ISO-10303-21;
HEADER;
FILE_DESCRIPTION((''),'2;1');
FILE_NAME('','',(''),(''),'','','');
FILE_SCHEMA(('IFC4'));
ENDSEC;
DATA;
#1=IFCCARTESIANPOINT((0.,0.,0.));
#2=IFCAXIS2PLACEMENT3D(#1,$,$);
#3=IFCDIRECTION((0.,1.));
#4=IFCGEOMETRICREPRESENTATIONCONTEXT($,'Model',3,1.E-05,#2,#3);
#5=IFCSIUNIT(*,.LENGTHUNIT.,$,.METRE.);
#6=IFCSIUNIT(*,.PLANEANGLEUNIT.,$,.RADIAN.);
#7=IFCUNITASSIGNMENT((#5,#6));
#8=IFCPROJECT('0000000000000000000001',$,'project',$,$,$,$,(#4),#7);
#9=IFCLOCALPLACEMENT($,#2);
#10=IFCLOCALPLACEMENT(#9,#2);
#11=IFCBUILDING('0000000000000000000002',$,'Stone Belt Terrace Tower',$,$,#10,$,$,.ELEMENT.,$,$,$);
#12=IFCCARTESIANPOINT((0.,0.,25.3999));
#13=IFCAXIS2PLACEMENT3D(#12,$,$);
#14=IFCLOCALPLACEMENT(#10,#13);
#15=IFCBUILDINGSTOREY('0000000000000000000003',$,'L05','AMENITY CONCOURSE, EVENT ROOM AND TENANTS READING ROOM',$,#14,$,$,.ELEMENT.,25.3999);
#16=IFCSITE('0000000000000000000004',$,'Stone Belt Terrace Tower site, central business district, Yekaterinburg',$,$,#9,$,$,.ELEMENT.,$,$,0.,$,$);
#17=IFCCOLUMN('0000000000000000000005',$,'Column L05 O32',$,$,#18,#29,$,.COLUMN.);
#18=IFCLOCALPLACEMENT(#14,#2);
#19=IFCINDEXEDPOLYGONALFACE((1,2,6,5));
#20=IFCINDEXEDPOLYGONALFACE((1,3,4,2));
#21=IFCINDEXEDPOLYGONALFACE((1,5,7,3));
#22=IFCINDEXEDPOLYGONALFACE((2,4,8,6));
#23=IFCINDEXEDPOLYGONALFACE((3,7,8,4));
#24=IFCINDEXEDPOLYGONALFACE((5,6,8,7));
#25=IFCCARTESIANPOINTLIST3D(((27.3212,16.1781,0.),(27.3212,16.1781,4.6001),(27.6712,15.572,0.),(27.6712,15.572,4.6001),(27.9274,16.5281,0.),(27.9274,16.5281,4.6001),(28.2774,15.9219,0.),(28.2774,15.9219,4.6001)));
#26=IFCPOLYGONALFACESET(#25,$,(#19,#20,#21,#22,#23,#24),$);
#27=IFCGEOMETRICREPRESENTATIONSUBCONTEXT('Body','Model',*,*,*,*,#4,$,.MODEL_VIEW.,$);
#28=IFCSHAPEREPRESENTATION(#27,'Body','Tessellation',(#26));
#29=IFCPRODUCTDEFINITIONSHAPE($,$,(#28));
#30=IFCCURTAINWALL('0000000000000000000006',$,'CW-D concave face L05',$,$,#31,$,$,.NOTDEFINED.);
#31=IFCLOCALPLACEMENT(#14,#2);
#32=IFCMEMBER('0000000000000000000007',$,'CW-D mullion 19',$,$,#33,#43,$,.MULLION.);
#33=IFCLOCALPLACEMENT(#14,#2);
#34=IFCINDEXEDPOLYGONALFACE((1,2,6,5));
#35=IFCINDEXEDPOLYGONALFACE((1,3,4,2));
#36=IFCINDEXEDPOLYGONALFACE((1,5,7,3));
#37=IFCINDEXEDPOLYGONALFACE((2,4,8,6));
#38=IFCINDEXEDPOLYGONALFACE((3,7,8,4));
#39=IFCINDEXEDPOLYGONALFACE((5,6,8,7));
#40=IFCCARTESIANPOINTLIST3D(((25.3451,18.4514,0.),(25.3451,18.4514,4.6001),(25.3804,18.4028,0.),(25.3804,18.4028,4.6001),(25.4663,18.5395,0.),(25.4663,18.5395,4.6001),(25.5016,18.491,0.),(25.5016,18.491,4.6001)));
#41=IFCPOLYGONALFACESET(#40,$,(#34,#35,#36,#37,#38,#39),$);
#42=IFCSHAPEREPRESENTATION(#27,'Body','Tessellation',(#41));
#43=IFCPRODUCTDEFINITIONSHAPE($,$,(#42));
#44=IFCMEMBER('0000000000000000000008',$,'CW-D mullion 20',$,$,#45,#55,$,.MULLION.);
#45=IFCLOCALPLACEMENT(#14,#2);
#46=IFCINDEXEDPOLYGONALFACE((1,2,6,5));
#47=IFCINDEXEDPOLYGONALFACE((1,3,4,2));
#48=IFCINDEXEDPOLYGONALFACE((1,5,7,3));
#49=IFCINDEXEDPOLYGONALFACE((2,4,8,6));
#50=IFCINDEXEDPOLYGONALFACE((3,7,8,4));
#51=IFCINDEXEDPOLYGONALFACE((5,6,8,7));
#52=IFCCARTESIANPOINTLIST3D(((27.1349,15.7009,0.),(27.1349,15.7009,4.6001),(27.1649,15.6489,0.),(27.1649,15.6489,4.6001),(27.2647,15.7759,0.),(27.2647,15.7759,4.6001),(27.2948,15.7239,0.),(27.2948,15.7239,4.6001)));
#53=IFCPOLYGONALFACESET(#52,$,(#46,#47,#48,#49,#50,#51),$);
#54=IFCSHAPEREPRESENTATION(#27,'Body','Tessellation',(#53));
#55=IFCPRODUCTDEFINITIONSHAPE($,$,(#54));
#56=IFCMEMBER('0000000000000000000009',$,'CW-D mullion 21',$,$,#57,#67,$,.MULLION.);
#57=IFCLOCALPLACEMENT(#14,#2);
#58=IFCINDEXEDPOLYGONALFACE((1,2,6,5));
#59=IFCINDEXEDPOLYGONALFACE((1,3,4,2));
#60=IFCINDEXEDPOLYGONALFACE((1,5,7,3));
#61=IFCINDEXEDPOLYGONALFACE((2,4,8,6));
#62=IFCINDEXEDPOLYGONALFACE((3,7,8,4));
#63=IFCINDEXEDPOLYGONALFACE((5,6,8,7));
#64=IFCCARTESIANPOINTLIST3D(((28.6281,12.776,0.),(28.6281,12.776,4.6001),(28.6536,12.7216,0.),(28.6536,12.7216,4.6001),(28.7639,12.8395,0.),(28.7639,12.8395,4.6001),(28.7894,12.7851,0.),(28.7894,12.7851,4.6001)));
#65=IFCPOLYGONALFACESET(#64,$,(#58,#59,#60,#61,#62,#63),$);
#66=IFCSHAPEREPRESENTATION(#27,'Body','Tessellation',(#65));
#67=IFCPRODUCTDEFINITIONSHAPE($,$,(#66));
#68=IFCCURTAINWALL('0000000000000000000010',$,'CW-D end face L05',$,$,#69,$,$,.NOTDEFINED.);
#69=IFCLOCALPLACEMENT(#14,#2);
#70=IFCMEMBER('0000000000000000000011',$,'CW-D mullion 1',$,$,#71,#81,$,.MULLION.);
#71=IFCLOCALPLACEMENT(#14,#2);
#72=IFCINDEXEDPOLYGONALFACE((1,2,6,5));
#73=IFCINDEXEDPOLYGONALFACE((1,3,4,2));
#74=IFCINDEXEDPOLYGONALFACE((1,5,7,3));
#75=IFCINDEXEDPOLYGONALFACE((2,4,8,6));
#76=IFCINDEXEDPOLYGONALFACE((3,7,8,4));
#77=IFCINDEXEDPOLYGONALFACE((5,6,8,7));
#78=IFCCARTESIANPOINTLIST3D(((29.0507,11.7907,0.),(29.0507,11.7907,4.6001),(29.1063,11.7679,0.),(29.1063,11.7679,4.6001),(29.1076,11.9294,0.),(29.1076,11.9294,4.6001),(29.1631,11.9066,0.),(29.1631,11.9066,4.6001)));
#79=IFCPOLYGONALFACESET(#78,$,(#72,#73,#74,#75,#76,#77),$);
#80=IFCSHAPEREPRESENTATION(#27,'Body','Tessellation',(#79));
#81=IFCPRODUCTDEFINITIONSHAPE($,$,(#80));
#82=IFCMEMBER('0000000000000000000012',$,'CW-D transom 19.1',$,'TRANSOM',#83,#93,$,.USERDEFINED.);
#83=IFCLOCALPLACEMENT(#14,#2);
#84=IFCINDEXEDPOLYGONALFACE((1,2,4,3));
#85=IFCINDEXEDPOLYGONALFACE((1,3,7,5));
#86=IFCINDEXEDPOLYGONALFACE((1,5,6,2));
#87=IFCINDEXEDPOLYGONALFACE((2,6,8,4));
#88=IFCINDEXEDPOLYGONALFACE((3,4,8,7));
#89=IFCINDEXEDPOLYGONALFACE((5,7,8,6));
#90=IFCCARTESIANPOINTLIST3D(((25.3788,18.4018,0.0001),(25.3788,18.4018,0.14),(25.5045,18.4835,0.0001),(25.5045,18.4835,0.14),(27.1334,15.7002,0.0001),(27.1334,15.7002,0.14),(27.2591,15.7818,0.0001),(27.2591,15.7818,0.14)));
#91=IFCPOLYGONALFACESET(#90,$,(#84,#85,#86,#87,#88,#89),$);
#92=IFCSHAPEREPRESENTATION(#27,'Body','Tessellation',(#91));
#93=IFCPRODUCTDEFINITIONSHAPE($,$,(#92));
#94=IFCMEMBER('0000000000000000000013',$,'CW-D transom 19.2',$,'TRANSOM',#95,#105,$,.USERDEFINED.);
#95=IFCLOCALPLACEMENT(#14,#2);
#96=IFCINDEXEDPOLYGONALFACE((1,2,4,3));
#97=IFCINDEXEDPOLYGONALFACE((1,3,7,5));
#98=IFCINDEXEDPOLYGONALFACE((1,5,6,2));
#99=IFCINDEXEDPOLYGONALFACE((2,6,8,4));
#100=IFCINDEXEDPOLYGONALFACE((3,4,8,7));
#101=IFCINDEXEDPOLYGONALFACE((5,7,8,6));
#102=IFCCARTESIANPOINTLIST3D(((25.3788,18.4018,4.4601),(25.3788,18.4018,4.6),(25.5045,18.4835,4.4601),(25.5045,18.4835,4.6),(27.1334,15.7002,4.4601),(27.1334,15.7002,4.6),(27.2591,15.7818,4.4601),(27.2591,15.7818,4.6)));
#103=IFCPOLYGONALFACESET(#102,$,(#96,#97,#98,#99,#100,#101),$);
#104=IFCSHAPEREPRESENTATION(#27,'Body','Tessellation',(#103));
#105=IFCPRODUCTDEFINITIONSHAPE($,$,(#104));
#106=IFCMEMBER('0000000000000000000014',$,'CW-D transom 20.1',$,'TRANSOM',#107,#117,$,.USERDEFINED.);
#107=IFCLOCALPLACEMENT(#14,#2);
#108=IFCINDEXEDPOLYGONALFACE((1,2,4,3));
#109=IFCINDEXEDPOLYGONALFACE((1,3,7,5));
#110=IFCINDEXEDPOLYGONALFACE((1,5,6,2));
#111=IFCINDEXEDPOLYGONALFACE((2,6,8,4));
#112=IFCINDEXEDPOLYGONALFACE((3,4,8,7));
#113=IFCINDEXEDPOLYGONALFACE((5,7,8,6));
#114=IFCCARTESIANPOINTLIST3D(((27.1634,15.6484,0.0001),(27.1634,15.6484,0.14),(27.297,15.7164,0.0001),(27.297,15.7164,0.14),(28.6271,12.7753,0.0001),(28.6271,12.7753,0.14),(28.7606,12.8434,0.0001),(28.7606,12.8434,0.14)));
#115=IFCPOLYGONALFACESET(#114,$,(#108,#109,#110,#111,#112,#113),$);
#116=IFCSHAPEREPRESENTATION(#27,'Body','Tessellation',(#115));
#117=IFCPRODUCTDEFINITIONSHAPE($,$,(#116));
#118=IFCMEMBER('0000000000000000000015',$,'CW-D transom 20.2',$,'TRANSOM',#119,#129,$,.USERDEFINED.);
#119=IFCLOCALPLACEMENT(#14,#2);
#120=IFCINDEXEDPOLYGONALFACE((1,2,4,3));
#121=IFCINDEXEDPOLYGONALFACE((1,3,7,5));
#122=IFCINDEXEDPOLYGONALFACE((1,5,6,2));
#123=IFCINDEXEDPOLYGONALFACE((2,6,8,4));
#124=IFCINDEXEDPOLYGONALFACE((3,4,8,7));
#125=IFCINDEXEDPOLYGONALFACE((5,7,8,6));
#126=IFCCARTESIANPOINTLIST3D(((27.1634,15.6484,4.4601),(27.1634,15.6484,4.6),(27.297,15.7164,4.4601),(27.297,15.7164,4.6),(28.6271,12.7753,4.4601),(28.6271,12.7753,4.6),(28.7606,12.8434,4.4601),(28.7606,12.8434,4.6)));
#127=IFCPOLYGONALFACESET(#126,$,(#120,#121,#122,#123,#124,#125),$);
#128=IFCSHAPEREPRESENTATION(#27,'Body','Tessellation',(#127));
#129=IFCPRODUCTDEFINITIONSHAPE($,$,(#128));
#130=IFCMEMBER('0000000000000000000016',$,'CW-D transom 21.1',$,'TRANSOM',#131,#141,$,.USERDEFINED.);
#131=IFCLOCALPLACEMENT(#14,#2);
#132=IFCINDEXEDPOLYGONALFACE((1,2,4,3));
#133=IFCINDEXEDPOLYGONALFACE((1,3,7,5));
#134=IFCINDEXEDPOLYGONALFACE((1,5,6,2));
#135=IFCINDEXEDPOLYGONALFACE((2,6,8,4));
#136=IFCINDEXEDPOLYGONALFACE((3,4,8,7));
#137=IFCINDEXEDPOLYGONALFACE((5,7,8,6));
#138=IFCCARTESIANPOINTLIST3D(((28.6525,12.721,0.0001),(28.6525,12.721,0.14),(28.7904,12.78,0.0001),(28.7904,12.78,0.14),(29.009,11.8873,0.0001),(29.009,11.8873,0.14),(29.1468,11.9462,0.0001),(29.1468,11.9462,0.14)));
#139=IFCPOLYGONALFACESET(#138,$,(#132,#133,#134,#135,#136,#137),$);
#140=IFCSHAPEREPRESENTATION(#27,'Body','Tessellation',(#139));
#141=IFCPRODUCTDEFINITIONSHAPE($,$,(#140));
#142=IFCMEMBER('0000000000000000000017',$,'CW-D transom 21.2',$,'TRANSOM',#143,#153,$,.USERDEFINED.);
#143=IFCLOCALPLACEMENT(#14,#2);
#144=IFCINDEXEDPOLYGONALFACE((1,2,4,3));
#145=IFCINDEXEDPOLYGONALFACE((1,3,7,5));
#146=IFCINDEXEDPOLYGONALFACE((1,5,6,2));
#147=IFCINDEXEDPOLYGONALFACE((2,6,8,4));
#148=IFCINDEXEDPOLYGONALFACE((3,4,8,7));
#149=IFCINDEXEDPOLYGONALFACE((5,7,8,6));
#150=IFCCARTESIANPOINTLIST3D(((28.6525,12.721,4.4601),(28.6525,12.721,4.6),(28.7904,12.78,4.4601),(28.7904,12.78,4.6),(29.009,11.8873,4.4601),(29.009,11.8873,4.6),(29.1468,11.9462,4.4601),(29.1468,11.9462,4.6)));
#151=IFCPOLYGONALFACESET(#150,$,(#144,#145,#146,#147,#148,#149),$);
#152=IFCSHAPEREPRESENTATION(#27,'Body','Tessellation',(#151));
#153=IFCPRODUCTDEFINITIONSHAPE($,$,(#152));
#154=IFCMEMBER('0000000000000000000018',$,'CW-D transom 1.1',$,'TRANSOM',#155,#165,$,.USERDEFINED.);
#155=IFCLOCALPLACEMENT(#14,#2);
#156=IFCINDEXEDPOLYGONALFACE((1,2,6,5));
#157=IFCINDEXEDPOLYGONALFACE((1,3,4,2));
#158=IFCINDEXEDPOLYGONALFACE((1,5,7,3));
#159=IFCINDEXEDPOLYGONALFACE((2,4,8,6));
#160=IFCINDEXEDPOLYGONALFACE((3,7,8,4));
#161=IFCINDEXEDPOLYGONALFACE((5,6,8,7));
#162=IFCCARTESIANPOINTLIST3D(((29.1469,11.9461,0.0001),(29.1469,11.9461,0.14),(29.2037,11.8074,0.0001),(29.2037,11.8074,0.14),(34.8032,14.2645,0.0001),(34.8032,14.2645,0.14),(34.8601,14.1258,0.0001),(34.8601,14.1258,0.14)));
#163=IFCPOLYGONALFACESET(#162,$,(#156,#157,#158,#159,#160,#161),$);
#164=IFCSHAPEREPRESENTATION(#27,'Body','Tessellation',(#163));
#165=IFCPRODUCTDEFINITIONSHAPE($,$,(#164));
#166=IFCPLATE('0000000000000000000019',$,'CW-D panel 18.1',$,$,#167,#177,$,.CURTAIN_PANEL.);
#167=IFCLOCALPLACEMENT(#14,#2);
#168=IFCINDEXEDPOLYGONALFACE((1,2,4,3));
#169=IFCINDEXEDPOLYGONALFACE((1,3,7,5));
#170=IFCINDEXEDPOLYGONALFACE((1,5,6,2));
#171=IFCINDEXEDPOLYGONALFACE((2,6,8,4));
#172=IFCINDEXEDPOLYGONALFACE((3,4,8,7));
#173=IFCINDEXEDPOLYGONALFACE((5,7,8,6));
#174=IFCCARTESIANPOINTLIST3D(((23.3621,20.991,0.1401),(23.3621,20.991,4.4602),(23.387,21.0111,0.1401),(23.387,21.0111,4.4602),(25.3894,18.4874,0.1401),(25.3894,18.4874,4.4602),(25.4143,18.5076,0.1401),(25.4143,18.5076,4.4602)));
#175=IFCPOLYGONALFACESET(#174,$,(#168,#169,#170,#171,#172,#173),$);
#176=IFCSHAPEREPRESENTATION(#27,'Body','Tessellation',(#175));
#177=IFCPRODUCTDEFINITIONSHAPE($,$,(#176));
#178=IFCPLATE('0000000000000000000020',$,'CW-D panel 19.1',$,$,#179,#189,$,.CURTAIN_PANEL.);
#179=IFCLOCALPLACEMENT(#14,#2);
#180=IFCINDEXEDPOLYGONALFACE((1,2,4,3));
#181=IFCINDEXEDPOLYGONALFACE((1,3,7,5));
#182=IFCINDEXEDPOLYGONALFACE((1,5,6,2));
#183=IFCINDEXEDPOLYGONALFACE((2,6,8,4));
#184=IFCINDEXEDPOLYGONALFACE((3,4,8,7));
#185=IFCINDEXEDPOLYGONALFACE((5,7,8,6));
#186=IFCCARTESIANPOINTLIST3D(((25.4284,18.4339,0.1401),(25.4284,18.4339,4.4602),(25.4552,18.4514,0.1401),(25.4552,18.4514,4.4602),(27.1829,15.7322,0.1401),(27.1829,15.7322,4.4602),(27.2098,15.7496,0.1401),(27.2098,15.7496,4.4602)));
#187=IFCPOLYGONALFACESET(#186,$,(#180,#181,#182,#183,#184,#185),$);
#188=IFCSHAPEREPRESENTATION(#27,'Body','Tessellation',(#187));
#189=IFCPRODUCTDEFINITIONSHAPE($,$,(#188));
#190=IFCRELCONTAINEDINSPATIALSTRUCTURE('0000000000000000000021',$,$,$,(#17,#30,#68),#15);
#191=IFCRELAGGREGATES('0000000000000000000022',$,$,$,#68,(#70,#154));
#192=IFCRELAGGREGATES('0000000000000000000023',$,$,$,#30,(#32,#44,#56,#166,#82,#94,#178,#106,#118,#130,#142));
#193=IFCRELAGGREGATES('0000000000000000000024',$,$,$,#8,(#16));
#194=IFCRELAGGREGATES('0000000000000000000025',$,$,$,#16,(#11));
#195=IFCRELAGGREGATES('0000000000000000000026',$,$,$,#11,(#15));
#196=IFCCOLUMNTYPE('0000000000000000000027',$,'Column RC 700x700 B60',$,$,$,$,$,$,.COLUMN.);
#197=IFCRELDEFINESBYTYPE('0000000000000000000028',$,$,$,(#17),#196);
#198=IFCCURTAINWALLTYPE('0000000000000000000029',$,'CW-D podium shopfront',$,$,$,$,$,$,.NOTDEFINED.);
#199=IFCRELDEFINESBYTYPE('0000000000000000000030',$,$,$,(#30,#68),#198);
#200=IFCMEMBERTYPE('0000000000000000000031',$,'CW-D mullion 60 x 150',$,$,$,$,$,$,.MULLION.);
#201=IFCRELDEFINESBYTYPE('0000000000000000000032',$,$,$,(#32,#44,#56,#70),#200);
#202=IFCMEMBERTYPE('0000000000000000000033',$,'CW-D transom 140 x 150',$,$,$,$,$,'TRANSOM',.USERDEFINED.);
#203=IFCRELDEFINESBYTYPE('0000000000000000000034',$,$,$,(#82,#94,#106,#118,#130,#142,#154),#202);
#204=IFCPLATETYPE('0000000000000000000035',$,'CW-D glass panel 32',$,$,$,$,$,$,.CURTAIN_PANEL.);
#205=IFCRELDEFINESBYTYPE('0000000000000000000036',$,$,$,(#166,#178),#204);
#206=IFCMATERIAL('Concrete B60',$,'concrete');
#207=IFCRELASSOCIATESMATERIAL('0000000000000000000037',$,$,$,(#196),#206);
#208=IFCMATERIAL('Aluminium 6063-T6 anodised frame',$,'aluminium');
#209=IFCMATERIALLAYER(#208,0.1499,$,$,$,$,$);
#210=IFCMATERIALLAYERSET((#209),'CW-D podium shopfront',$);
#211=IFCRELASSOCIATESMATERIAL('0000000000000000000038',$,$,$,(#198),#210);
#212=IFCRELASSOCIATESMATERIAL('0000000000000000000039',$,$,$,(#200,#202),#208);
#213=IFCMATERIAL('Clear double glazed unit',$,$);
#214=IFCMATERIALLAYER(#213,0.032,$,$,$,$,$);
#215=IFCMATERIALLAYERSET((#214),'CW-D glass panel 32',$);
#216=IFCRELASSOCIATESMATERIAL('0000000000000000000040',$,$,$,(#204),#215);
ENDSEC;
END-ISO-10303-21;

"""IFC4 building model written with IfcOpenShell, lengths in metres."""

from ifc_helpers import new_model, si_unit, direction, frame, origin, origin_2d, place, context, subcontext, project, spatial, rectangle, extrude, material, layer, layer_set, material_profile, profile_set, type_object, element, aggregate, save


model = new_model("IFC4")

# Units and contexts
model_context = context("Model", 3, precision=1e-05, world=origin(), true_north=direction((0.0, 1.0)))
body_context = subcontext(model_context, "Body", "Model", "MODEL_VIEW")
ifc_project = project(units=[si_unit("LENGTHUNIT", "METRE"), si_unit("PLANEANGLEUNIT", "RADIAN")], contexts=[model_context])

# Site, building, storey
site_placement = place(None, origin())
site = spatial("IfcSite", under=ifc_project, at=site_placement, Name="Stone Belt Terrace Tower site, central business district, Yekaterinburg", CompositionType="ELEMENT", RefElevation=0.0)
building_placement = place(site_placement, origin())
building = spatial("IfcBuilding", under=site, at=building_placement, Name="Stone Belt Terrace Tower", CompositionType="ELEMENT")
storey_placement = place(building_placement, frame((0.0, 0.0, 25.3999)))
storey = spatial("IfcBuildingStorey", under=building, at=storey_placement, Name="L05", Description="AMENITY CONCOURSE, EVENT ROOM AND TENANTS READING ROOM", CompositionType="ELEMENT", Elevation=25.3999)

# Column
ifc_material_1 = material(Name="Concrete B60", Category="concrete")
ifc_material_profile_1 = material_profile(ifc_material_1, rectangle(XDim=0.7, YDim=0.7, at=origin_2d()), Name="RC 700x700")
ifc_profile_set_1 = profile_set([ifc_material_profile_1], Name="Concrete B60")
column_type = type_object("IfcColumnType", Name="Column RC 700x700 B60", PredefinedType="COLUMN", material=ifc_profile_set_1)
column_placement = place(storey_placement, frame((27.7993, 16.05, 0.0), z_axis=(0.0, 0.0, 1.0), x_axis=(0.5, -0.866025, 0.0)))
element("IfcColumn", 1, at=column_placement, inside=storey, type_object=column_type, Name="Column L05 O32", PredefinedType="COLUMN", context=body_context, shape_type="SweptSolid", body=[
    extrude(rectangle(XDim=0.7, YDim=0.7, at=origin_2d()), origin(), (0.0, 0.0, 1.0), 4.6001),
])

# Curtain wall, members
ifc_material_2 = material(Name="Aluminium 6063-T6 anodised frame", Category="aluminium")
ifc_layer_1 = layer(ifc_material_2, 0.1499)
ifc_layer_set_1 = layer_set([ifc_layer_1], Name="CW-D podium shopfront")
curtain_wall_type = type_object("IfcCurtainWallType", Name="CW-D podium shopfront", PredefinedType="NOTDEFINED", material=ifc_layer_set_1)
curtain_wall_1_placement = place(storey_placement, origin())
curtain_wall_1 = element("IfcCurtainWall", 2, at=curtain_wall_1_placement, inside=storey, type_object=curtain_wall_type, Name="CW-D concave face L05", PredefinedType="NOTDEFINED")
ifc_material_profile_2 = material_profile(ifc_material_2, rectangle(XDim=0.1499, YDim=0.0601, at=origin_2d()), Name="Aluminium 6063-T6 60x150")
ifc_profile_set_2 = profile_set([ifc_material_profile_2], Name="Aluminium 6063-T6 anodised frame")
member_type_1 = type_object("IfcMemberType", Name="CW-D mullion 60 x 150", PredefinedType="MULLION", material=ifc_profile_set_2)
member_1_placement = place(storey_placement, frame((25.4233, 18.4712, 0.0), z_axis=(0.0, 0.0, 1.0), x_axis=(0.809017, 0.587785, 0.0)))
member_1 = element("IfcMember", 3, at=member_1_placement, type_object=member_type_1, Name="CW-D mullion 19", PredefinedType="MULLION", context=body_context, shape_type="SweptSolid", body=[
    extrude(rectangle(XDim=0.1499, YDim=0.0601, at=origin_2d()), origin(), (0.0, 0.0, 1.0), 4.6001),
])
member_2_placement = place(storey_placement, frame((27.2148, 15.7124, 0.0), z_axis=(0.0, 0.0, 1.0), x_axis=(0.866025, 0.5, 0.0)))
member_2 = element("IfcMember", 4, at=member_2_placement, type_object=member_type_1, Name="CW-D mullion 20", PredefinedType="MULLION", context=body_context, shape_type="SweptSolid", body=[
    extrude(rectangle(XDim=0.1499, YDim=0.0601, at=origin_2d()), origin(), (0.0, 0.0, 1.0), 4.6001),
])
member_3_placement = place(storey_placement, frame((28.7087, 12.7805, 0.0), z_axis=(0.0, 0.0, 1.0), x_axis=(0.905778, 0.423752, 0.0)))
member_3 = element("IfcMember", 5, at=member_3_placement, type_object=member_type_1, Name="CW-D mullion 21", PredefinedType="MULLION", context=body_context, shape_type="SweptSolid", body=[
    extrude(rectangle(XDim=0.1499, YDim=0.0601, at=origin_2d()), origin(), (0.0, 0.0, 1.0), 4.6001),
])

# Curtain wall, member
curtain_wall_2_placement = place(storey_placement, origin())
curtain_wall_2 = element("IfcCurtainWall", 6, at=curtain_wall_2_placement, inside=storey, type_object=curtain_wall_type, Name="CW-D end face L05", PredefinedType="NOTDEFINED")
member_4_placement = place(storey_placement, frame((29.1069, 11.8486, 0.0), z_axis=(0.0, 0.0, 1.0), x_axis=(0.379212, 0.92531, 0.0)))
member_4 = element("IfcMember", 7, at=member_4_placement, type_object=member_type_1, Name="CW-D mullion 1", PredefinedType="MULLION", context=body_context, shape_type="SweptSolid", body=[
    extrude(rectangle(XDim=0.1499, YDim=0.0601, at=origin_2d()), origin(), (0.0, 0.0, 1.0), 4.6001),
])

# Members
ifc_material_profile_3 = material_profile(ifc_material_2, rectangle(XDim=0.1499, YDim=0.1399, at=origin_2d()), Name="Aluminium 6063-T6 150x140")
ifc_profile_set_3 = profile_set([ifc_material_profile_3], Name="Aluminium 6063-T6 anodised frame")
member_type_2 = type_object("IfcMemberType", Name="CW-D transom 140 x 150", ElementType="TRANSOM", PredefinedType="USERDEFINED", material=ifc_profile_set_3)
member_5_placement = place(storey_placement, frame((25.4417, 18.4426, 0.0701), z_axis=(0.544674, -0.838648, 0.0), x_axis=(0.838648, 0.544674, 0.0)))
member_5 = element("IfcMember", 8, at=member_5_placement, type_object=member_type_2, Name="CW-D transom 19.1", ObjectType="TRANSOM", PredefinedType="USERDEFINED", context=body_context, shape_type="SweptSolid", body=[
    extrude(rectangle(XDim=0.1499, YDim=0.1399, at=origin_2d()), origin(), (0.0, 0.0, 1.0), 3.2214),
])
member_6_placement = place(storey_placement, frame((25.4417, 18.4426, 4.53), z_axis=(0.544674, -0.838648, 0.0), x_axis=(0.838648, 0.544674, 0.0)))
member_6 = element("IfcMember", 9, at=member_6_placement, type_object=member_type_2, Name="CW-D transom 19.2", ObjectType="TRANSOM", PredefinedType="USERDEFINED", context=body_context, shape_type="SweptSolid", body=[
    extrude(rectangle(XDim=0.1499, YDim=0.1399, at=origin_2d()), origin(), (0.0, 0.0, 1.0), 3.2214),
])
member_7_placement = place(storey_placement, frame((27.2302, 15.6824, 0.0701), z_axis=(0.453925, -0.89104, 0.0), x_axis=(0.89104, 0.453925, 0.0)))
member_7 = element("IfcMember", 10, at=member_7_placement, type_object=member_type_2, Name="CW-D transom 20.1", ObjectType="TRANSOM", PredefinedType="USERDEFINED", context=body_context, shape_type="SweptSolid", body=[
    extrude(rectangle(XDim=0.1499, YDim=0.1399, at=origin_2d()), origin(), (0.0, 0.0, 1.0), 3.2244),
])
member_8_placement = place(storey_placement, frame((27.2302, 15.6824, 4.53), z_axis=(0.453925, -0.89104, 0.0), x_axis=(0.89104, 0.453925, 0.0)))
member_8 = element("IfcMember", 11, at=member_8_placement, type_object=member_type_2, Name="CW-D transom 20.2", ObjectType="TRANSOM", PredefinedType="USERDEFINED", context=body_context, shape_type="SweptSolid", body=[
    extrude(rectangle(XDim=0.1499, YDim=0.1399, at=origin_2d()), origin(), (0.0, 0.0, 1.0), 3.2244),
])
member_9_placement = place(storey_placement, frame((28.7214, 12.7505, 0.0701), z_axis=(0.393107, -0.919493, 0.0), x_axis=(0.919493, 0.393107, 0.0)))
member_9 = element("IfcMember", 12, at=member_9_placement, type_object=member_type_2, Name="CW-D transom 21.1", ObjectType="TRANSOM", PredefinedType="USERDEFINED", context=body_context, shape_type="SweptSolid", body=[
    extrude(rectangle(XDim=0.1499, YDim=0.1399, at=origin_2d()), origin(), (0.0, 0.0, 1.0), 0.9067),
])
member_10_placement = place(storey_placement, frame((28.7214, 12.7505, 4.53), z_axis=(0.393107, -0.919493, 0.0), x_axis=(0.919493, 0.393107, 0.0)))
member_10 = element("IfcMember", 13, at=member_10_placement, type_object=member_type_2, Name="CW-D transom 21.2", ObjectType="TRANSOM", PredefinedType="USERDEFINED", context=body_context, shape_type="SweptSolid", body=[
    extrude(rectangle(XDim=0.1499, YDim=0.1399, at=origin_2d()), origin(), (0.0, 0.0, 1.0), 0.9067),
])
member_11_placement = place(storey_placement, frame((29.1753, 11.8767, 0.0701), z_axis=(0.925292, 0.379255, 0.0), x_axis=(-0.379255, 0.925292, 0.0)))
member_11 = element("IfcMember", 14, at=member_11_placement, type_object=member_type_2, Name="CW-D transom 1.1", ObjectType="TRANSOM", PredefinedType="USERDEFINED", context=body_context, shape_type="SweptSolid", body=[
    extrude(rectangle(XDim=0.1499, YDim=0.1399, at=origin_2d()), origin(), (0.0, 0.0, 1.0), 6.113),
])
aggregate(curtain_wall_2, [member_4, member_11])

# Plates
ifc_material_3 = material(Name="Clear double glazed unit")
ifc_layer_2 = layer(ifc_material_3, 0.032)
ifc_layer_set_2 = layer_set([ifc_layer_2], Name="CW-D glass panel 32")
plate_type = type_object("IfcPlateType", Name="CW-D glass panel 32", PredefinedType="CURTAIN_PANEL", material=ifc_layer_set_2)
plate_1_placement = place(storey_placement, frame((24.3882, 19.7493, 0.1401), z_axis=(0.0, 0.0, 1.0), x_axis=(0.62932, -0.777146, 0.0)))
plate_1 = element("IfcPlate", 15, at=plate_1_placement, type_object=plate_type, Name="CW-D panel 18.1", PredefinedType="CURTAIN_PANEL", context=body_context, shape_type="SweptSolid", body=[
    extrude(rectangle(XDim=3.2214, YDim=0.032, at=origin_2d()), origin(), (0.0, 0.0, 1.0), 4.3201),
])
plate_2_placement = place(storey_placement, frame((26.3191, 17.0918, 0.1401), z_axis=(0.0, 0.0, 1.0), x_axis=(0.544639, -0.838671, 0.0)))
plate_2 = element("IfcPlate", 16, at=plate_2_placement, type_object=plate_type, Name="CW-D panel 19.1", PredefinedType="CURTAIN_PANEL", context=body_context, shape_type="SweptSolid", body=[
    extrude(rectangle(XDim=3.2214, YDim=0.032, at=origin_2d()), origin(), (0.0, 0.0, 1.0), 4.3201),
])
aggregate(curtain_wall_1, [member_1, member_2, member_3, plate_1, member_5, member_6, plate_2, member_7, member_8, member_9, member_10])

save(model, "model.ifc")
